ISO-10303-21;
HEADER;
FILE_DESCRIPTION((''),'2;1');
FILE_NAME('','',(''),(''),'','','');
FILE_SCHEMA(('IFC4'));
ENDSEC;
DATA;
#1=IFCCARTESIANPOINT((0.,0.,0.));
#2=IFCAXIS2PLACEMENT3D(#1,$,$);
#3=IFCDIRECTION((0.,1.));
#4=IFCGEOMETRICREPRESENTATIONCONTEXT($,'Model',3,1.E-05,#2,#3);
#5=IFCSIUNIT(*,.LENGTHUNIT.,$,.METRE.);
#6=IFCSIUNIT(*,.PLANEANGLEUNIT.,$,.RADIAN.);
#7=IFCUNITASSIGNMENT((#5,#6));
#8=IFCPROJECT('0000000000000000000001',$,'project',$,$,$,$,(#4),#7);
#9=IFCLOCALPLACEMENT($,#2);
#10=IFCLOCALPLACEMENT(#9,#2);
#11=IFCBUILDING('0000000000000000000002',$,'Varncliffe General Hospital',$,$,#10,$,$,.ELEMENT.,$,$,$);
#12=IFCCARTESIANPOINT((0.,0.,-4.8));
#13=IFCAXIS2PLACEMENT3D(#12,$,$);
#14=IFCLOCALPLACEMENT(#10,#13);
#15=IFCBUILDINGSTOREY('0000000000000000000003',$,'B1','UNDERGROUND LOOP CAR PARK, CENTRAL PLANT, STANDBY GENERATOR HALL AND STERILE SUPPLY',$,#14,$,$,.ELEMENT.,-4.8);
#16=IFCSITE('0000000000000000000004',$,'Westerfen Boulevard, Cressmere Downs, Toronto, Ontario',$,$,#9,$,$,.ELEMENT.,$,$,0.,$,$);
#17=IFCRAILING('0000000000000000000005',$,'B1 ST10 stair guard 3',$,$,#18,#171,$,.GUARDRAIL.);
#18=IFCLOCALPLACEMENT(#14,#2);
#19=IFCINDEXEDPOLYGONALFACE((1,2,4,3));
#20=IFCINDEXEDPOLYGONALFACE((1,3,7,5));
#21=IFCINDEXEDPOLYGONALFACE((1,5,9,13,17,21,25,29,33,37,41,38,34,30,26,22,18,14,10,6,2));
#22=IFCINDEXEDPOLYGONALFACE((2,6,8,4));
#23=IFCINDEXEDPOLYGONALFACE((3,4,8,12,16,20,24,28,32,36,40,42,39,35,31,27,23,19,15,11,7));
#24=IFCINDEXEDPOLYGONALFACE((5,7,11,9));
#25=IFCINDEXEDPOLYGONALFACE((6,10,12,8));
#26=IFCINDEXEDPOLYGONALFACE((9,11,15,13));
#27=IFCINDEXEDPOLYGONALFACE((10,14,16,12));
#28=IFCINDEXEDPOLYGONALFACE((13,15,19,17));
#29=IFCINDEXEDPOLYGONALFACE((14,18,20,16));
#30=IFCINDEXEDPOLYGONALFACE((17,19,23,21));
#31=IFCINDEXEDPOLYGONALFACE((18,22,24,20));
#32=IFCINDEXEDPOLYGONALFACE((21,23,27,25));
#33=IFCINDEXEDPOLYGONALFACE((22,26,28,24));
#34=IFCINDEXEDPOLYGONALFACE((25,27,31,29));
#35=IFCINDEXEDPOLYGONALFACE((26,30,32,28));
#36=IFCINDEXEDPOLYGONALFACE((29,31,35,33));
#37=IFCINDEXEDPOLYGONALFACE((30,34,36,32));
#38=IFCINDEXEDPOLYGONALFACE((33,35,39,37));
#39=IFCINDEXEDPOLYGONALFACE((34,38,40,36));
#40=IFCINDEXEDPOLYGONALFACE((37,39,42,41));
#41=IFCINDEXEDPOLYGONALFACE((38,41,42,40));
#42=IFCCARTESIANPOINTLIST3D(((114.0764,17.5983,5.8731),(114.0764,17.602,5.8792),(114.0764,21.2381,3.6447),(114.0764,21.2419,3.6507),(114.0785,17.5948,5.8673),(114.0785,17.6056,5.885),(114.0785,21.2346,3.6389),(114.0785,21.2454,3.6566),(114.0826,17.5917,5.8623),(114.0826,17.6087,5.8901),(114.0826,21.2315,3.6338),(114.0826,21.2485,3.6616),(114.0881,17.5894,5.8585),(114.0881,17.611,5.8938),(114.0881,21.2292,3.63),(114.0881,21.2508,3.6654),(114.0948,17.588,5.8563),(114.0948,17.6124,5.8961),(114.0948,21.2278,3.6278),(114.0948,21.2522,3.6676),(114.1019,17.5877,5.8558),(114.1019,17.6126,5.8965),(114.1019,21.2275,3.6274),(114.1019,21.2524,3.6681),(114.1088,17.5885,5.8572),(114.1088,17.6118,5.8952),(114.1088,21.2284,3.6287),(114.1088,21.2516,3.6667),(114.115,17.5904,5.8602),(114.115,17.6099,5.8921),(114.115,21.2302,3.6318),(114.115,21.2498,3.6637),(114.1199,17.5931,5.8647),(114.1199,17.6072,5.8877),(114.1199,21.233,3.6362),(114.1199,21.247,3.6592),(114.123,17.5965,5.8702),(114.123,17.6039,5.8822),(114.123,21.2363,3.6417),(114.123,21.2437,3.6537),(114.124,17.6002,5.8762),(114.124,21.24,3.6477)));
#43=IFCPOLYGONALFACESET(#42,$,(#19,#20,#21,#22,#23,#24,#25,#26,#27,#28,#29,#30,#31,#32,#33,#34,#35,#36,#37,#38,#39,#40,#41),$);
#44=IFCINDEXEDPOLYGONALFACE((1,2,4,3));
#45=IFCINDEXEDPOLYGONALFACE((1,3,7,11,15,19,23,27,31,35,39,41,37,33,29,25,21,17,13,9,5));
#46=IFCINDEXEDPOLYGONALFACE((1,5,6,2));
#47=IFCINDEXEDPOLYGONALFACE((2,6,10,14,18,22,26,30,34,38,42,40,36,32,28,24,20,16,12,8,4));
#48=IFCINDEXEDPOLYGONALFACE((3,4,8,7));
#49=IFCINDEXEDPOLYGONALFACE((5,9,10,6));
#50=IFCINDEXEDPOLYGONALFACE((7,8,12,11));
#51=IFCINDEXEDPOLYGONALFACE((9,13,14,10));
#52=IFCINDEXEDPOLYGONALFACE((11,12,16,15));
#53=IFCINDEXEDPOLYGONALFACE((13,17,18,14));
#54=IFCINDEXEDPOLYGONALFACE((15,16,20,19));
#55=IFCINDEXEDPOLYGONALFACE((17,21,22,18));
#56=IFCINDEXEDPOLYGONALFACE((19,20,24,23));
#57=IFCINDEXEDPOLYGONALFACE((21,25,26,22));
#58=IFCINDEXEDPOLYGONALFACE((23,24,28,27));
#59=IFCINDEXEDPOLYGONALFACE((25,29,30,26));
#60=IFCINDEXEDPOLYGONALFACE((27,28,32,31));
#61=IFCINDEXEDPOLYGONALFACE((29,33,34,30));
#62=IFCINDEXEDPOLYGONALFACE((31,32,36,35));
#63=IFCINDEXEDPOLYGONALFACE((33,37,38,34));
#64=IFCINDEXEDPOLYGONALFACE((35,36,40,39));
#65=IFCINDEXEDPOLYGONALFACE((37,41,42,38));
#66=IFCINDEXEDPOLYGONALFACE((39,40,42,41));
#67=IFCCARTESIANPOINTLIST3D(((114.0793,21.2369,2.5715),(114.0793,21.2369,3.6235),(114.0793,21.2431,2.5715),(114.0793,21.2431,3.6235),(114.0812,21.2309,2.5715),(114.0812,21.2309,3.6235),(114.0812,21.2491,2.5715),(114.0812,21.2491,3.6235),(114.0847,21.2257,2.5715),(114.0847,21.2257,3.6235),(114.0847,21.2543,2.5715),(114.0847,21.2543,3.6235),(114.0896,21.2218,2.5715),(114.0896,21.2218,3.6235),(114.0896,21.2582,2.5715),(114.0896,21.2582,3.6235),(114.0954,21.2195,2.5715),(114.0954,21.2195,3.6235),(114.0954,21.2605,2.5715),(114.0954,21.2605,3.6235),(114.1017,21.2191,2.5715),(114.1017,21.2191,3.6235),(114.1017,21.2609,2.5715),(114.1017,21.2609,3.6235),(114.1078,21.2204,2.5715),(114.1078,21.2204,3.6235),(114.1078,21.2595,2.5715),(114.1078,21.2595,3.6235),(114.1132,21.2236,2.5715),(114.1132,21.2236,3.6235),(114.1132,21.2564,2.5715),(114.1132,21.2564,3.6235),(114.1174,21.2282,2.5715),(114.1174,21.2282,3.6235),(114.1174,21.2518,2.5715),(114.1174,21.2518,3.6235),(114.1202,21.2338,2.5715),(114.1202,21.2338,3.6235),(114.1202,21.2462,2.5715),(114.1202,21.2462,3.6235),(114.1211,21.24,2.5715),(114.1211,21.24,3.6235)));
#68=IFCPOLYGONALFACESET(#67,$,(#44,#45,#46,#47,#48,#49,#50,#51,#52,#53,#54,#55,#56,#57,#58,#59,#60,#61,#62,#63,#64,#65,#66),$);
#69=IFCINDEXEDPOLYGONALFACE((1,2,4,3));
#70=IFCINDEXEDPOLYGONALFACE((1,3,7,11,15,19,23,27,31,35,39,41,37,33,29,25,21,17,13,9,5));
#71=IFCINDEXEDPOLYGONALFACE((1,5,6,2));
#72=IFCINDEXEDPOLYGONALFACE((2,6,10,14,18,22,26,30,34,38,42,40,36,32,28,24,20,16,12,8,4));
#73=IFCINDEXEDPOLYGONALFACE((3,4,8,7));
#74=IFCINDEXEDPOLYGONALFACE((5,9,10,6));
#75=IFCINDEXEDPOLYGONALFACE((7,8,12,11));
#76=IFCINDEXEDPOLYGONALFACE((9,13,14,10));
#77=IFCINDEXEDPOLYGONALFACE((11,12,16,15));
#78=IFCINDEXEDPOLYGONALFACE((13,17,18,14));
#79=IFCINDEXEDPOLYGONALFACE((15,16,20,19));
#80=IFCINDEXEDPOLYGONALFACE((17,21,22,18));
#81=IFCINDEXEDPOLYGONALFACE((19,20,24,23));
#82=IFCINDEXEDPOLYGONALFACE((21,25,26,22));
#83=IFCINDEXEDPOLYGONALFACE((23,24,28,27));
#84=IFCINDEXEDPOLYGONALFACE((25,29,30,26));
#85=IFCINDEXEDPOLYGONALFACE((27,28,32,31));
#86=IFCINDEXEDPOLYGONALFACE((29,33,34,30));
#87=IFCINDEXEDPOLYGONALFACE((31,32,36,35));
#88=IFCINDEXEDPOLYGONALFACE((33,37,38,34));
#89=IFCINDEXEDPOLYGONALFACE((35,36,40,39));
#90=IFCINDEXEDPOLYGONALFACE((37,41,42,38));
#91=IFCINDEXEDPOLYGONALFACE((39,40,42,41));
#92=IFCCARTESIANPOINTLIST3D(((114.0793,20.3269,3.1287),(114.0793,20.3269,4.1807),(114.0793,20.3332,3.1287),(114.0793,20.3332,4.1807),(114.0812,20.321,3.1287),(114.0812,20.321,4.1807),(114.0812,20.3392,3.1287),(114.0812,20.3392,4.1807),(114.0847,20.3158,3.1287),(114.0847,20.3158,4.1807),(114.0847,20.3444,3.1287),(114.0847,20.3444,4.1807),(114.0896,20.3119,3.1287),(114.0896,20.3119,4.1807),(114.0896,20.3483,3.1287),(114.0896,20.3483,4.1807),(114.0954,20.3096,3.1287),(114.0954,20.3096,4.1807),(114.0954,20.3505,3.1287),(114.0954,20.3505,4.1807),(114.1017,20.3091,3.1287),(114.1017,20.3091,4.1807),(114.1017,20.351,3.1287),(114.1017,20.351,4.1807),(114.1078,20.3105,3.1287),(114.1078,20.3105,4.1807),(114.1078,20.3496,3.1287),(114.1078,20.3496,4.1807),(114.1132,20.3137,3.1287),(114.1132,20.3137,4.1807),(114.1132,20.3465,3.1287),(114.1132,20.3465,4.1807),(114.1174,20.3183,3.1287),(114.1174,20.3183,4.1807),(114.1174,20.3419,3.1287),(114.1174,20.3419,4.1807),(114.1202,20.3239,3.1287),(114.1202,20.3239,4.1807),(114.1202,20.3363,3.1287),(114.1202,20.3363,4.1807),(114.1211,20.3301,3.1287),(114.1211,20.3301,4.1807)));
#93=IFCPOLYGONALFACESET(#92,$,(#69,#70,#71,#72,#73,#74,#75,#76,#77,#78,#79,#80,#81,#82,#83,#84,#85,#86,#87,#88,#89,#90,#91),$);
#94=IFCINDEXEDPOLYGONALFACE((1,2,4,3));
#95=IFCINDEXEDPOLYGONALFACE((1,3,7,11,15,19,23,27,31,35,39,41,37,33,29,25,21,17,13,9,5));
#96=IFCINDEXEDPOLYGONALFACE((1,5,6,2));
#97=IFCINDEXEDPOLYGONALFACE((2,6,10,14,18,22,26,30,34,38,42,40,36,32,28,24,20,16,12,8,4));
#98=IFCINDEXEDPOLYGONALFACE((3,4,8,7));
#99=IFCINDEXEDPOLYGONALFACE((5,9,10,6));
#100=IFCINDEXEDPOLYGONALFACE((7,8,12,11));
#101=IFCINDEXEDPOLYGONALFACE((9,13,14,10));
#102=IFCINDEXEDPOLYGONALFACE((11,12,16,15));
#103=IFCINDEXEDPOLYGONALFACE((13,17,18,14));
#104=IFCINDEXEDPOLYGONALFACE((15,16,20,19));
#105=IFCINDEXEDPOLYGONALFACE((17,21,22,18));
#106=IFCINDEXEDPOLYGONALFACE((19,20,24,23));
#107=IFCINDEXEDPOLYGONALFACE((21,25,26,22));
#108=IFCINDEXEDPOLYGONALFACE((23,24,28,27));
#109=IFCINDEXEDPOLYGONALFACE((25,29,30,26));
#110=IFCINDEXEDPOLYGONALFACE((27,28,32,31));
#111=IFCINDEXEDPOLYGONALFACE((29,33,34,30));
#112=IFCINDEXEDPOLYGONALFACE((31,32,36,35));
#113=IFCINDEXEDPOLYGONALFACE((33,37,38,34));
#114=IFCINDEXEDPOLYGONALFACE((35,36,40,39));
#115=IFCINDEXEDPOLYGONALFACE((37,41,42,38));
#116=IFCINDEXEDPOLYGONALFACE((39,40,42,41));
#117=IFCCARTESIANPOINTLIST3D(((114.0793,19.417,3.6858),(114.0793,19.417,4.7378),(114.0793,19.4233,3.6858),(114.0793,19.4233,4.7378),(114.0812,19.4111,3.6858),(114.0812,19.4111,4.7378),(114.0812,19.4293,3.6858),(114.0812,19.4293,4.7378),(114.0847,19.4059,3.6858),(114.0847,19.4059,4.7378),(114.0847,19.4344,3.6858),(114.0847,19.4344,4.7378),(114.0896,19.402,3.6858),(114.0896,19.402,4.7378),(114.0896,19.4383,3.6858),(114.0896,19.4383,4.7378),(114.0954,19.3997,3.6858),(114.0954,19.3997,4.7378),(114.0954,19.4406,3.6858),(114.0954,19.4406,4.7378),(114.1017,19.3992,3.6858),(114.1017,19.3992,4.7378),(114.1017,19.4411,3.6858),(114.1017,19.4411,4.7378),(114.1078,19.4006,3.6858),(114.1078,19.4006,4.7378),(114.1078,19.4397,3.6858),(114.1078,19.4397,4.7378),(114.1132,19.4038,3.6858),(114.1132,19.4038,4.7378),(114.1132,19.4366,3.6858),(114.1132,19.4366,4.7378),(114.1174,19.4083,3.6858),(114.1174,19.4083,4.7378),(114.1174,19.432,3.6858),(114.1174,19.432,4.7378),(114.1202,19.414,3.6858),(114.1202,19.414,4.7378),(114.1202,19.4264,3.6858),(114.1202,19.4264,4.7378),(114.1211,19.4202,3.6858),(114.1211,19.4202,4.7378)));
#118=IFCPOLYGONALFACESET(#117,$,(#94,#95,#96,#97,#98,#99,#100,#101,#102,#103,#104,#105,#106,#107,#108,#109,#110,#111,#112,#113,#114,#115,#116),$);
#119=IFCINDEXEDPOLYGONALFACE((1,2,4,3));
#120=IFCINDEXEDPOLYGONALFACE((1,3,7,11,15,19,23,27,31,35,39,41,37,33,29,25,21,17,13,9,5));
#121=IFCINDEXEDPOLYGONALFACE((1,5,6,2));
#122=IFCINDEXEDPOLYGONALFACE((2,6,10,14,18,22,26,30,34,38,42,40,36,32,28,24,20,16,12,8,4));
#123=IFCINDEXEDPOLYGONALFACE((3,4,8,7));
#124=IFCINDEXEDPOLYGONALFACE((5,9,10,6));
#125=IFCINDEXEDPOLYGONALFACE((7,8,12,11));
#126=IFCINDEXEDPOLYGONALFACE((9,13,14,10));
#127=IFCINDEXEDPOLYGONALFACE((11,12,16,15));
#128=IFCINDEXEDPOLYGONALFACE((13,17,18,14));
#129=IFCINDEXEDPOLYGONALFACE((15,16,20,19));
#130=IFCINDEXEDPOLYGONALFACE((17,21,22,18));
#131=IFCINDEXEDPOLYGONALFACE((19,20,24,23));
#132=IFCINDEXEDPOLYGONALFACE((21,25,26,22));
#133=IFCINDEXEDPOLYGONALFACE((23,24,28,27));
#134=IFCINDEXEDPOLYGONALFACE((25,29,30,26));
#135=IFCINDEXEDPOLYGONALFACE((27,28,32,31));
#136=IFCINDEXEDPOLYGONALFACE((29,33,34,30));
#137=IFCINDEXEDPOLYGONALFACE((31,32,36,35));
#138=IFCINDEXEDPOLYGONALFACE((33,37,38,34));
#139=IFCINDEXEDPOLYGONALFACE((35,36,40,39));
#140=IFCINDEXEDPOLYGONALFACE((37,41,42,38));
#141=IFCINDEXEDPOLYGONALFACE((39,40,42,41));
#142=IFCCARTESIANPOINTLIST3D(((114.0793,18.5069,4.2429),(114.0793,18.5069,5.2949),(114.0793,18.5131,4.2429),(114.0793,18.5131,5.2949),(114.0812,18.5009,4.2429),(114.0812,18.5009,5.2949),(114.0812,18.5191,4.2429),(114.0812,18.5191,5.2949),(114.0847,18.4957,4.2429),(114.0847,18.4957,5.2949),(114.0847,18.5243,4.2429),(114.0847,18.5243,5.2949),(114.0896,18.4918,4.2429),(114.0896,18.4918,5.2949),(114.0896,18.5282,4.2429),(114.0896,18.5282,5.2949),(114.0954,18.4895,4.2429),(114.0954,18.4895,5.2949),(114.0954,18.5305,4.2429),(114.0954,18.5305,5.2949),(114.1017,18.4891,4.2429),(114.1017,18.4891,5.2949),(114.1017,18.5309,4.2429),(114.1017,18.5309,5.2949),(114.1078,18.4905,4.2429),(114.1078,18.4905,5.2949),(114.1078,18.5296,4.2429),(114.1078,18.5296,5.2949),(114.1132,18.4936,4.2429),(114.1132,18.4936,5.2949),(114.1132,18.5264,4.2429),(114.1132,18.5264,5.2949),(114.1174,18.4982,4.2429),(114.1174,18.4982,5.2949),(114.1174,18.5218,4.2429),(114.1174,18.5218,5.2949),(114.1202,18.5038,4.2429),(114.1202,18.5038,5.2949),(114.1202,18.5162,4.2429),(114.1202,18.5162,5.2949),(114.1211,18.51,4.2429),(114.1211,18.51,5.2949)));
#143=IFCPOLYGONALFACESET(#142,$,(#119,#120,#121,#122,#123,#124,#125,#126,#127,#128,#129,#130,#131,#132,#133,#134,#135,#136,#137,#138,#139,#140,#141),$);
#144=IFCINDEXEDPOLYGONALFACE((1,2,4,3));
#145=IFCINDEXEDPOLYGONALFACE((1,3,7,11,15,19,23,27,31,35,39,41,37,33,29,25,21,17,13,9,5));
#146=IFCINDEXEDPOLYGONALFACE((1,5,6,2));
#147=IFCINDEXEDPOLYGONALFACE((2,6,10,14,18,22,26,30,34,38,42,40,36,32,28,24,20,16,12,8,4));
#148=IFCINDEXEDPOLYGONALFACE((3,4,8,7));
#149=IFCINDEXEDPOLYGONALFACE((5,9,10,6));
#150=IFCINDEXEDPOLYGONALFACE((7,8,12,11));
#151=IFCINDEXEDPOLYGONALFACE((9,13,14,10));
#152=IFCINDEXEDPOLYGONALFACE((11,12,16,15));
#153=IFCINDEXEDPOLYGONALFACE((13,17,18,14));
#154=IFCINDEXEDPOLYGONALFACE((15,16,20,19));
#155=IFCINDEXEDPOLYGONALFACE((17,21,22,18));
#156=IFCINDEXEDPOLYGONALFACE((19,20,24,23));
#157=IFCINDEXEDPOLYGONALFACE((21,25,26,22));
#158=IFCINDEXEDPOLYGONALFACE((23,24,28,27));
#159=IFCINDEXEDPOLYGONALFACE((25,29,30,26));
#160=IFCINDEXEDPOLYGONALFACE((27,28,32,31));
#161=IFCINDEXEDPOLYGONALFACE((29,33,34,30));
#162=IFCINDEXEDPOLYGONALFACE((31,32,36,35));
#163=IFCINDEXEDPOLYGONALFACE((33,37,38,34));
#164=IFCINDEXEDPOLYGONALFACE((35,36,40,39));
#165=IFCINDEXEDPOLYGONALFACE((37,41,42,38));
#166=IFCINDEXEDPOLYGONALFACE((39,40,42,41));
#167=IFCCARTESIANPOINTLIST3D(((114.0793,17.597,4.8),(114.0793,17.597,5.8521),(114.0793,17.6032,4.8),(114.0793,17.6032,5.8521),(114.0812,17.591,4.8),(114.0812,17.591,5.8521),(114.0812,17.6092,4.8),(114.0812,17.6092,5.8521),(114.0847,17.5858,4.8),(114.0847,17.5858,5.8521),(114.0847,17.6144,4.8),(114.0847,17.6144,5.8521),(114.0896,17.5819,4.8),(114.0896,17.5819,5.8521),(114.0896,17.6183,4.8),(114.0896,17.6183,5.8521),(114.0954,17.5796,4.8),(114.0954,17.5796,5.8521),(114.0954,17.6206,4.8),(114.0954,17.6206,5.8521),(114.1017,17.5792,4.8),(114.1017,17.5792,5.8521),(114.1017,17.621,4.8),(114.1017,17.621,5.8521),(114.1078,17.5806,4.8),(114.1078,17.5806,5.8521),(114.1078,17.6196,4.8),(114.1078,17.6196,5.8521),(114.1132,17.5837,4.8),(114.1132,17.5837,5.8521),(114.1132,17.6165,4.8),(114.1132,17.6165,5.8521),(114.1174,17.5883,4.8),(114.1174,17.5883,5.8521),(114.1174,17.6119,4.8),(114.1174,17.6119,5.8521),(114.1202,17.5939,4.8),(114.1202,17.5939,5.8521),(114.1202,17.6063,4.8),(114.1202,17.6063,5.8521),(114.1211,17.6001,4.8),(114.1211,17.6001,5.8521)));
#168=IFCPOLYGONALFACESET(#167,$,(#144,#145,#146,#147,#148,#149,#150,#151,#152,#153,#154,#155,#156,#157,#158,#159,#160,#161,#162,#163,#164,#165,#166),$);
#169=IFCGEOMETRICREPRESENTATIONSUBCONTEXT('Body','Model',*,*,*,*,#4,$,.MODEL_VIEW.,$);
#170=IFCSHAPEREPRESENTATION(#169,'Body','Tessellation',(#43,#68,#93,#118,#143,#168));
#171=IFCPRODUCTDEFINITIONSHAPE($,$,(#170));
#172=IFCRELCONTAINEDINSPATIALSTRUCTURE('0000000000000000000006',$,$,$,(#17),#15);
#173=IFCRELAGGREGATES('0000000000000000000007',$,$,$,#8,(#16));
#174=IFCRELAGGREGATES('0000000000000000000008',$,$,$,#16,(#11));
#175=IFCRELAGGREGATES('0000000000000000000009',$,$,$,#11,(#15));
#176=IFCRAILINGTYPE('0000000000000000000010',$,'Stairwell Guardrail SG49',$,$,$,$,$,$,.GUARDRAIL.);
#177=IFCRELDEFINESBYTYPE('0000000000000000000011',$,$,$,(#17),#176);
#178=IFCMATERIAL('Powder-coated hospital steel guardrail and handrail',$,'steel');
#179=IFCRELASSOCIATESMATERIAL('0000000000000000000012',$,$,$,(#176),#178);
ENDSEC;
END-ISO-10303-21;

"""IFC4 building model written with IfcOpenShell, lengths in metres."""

from ifc_helpers import new_model, si_unit, direction, frame, origin, origin_2d, place, context, subcontext, project, spatial, circle, extrude, material, type_object, element, save


model = new_model("IFC4")

# Units and contexts
model_context = context("Model", 3, precision=1e-05, world=origin(), true_north=direction((0.0, 1.0)))
body_context = subcontext(model_context, "Body", "Model", "MODEL_VIEW")
ifc_project = project(units=[si_unit("LENGTHUNIT", "METRE"), si_unit("PLANEANGLEUNIT", "RADIAN")], contexts=[model_context])

# Site, building, storey
site_placement = place(None, origin())
site = spatial("IfcSite", under=ifc_project, at=site_placement, Name="Westerfen Boulevard, Cressmere Downs, Toronto, Ontario", CompositionType="ELEMENT", RefElevation=0.0)
building_placement = place(site_placement, origin())
building = spatial("IfcBuilding", under=site, at=building_placement, Name="Varncliffe General Hospital", CompositionType="ELEMENT")
storey_placement = place(building_placement, frame((0.0, 0.0, -4.8)))
storey = spatial("IfcBuildingStorey", under=building, at=storey_placement, Name="B1", Description="UNDERGROUND LOOP CAR PARK, CENTRAL PLANT, STANDBY GENERATOR HALL AND STERILE SUPPLY", CompositionType="ELEMENT", Elevation=-4.8)

# Railing
ifc_material_1 = material(Name="Powder-coated hospital steel guardrail and handrail", Category="steel")
railing_type_1 = type_object("IfcRailingType", Name="Stairwell Guardrail SG49", PredefinedType="GUARDRAIL", material=ifc_material_1)
railing_1_placement = place(storey_placement, frame((114.1001, 21.24, 2.5715)))
element("IfcRailing", 1, at=railing_1_placement, inside=storey, type_object=railing_type_1, Name="B1 ST10 stair guard 3", PredefinedType="GUARDRAIL", context=body_context, shape_type="SweptSolid", body=[
    extrude(circle(Radius=0.0239, at=origin_2d()), frame((0.0, 0.0, 1.0762), z_axis=(0.0, -0.85285, 0.522156), x_axis=(1.0, 0.0, 0.0)), (0.0, 0.0, 1.0), 4.2678),
    extrude(circle(Radius=0.021, at=origin_2d()), origin(), (0.0, 0.0, 1.0), 1.052),
    extrude(circle(Radius=0.021, at=origin_2d()), frame((0.0, -0.9099, 0.5571)), (0.0, 0.0, 1.0), 1.052),
    extrude(circle(Radius=0.021, at=origin_2d()), frame((0.0, -1.8198, 1.1143)), (0.0, 0.0, 1.0), 1.052),
    extrude(circle(Radius=0.021, at=origin_2d()), frame((0.0, -2.73, 1.6714)), (0.0, 0.0, 1.0), 1.052),
    extrude(circle(Radius=0.021, at=origin_2d()), frame((0.0, -3.6399, 2.2285)), (0.0, 0.0, 1.0), 1.052),
])

save(model, "model.ifc")
